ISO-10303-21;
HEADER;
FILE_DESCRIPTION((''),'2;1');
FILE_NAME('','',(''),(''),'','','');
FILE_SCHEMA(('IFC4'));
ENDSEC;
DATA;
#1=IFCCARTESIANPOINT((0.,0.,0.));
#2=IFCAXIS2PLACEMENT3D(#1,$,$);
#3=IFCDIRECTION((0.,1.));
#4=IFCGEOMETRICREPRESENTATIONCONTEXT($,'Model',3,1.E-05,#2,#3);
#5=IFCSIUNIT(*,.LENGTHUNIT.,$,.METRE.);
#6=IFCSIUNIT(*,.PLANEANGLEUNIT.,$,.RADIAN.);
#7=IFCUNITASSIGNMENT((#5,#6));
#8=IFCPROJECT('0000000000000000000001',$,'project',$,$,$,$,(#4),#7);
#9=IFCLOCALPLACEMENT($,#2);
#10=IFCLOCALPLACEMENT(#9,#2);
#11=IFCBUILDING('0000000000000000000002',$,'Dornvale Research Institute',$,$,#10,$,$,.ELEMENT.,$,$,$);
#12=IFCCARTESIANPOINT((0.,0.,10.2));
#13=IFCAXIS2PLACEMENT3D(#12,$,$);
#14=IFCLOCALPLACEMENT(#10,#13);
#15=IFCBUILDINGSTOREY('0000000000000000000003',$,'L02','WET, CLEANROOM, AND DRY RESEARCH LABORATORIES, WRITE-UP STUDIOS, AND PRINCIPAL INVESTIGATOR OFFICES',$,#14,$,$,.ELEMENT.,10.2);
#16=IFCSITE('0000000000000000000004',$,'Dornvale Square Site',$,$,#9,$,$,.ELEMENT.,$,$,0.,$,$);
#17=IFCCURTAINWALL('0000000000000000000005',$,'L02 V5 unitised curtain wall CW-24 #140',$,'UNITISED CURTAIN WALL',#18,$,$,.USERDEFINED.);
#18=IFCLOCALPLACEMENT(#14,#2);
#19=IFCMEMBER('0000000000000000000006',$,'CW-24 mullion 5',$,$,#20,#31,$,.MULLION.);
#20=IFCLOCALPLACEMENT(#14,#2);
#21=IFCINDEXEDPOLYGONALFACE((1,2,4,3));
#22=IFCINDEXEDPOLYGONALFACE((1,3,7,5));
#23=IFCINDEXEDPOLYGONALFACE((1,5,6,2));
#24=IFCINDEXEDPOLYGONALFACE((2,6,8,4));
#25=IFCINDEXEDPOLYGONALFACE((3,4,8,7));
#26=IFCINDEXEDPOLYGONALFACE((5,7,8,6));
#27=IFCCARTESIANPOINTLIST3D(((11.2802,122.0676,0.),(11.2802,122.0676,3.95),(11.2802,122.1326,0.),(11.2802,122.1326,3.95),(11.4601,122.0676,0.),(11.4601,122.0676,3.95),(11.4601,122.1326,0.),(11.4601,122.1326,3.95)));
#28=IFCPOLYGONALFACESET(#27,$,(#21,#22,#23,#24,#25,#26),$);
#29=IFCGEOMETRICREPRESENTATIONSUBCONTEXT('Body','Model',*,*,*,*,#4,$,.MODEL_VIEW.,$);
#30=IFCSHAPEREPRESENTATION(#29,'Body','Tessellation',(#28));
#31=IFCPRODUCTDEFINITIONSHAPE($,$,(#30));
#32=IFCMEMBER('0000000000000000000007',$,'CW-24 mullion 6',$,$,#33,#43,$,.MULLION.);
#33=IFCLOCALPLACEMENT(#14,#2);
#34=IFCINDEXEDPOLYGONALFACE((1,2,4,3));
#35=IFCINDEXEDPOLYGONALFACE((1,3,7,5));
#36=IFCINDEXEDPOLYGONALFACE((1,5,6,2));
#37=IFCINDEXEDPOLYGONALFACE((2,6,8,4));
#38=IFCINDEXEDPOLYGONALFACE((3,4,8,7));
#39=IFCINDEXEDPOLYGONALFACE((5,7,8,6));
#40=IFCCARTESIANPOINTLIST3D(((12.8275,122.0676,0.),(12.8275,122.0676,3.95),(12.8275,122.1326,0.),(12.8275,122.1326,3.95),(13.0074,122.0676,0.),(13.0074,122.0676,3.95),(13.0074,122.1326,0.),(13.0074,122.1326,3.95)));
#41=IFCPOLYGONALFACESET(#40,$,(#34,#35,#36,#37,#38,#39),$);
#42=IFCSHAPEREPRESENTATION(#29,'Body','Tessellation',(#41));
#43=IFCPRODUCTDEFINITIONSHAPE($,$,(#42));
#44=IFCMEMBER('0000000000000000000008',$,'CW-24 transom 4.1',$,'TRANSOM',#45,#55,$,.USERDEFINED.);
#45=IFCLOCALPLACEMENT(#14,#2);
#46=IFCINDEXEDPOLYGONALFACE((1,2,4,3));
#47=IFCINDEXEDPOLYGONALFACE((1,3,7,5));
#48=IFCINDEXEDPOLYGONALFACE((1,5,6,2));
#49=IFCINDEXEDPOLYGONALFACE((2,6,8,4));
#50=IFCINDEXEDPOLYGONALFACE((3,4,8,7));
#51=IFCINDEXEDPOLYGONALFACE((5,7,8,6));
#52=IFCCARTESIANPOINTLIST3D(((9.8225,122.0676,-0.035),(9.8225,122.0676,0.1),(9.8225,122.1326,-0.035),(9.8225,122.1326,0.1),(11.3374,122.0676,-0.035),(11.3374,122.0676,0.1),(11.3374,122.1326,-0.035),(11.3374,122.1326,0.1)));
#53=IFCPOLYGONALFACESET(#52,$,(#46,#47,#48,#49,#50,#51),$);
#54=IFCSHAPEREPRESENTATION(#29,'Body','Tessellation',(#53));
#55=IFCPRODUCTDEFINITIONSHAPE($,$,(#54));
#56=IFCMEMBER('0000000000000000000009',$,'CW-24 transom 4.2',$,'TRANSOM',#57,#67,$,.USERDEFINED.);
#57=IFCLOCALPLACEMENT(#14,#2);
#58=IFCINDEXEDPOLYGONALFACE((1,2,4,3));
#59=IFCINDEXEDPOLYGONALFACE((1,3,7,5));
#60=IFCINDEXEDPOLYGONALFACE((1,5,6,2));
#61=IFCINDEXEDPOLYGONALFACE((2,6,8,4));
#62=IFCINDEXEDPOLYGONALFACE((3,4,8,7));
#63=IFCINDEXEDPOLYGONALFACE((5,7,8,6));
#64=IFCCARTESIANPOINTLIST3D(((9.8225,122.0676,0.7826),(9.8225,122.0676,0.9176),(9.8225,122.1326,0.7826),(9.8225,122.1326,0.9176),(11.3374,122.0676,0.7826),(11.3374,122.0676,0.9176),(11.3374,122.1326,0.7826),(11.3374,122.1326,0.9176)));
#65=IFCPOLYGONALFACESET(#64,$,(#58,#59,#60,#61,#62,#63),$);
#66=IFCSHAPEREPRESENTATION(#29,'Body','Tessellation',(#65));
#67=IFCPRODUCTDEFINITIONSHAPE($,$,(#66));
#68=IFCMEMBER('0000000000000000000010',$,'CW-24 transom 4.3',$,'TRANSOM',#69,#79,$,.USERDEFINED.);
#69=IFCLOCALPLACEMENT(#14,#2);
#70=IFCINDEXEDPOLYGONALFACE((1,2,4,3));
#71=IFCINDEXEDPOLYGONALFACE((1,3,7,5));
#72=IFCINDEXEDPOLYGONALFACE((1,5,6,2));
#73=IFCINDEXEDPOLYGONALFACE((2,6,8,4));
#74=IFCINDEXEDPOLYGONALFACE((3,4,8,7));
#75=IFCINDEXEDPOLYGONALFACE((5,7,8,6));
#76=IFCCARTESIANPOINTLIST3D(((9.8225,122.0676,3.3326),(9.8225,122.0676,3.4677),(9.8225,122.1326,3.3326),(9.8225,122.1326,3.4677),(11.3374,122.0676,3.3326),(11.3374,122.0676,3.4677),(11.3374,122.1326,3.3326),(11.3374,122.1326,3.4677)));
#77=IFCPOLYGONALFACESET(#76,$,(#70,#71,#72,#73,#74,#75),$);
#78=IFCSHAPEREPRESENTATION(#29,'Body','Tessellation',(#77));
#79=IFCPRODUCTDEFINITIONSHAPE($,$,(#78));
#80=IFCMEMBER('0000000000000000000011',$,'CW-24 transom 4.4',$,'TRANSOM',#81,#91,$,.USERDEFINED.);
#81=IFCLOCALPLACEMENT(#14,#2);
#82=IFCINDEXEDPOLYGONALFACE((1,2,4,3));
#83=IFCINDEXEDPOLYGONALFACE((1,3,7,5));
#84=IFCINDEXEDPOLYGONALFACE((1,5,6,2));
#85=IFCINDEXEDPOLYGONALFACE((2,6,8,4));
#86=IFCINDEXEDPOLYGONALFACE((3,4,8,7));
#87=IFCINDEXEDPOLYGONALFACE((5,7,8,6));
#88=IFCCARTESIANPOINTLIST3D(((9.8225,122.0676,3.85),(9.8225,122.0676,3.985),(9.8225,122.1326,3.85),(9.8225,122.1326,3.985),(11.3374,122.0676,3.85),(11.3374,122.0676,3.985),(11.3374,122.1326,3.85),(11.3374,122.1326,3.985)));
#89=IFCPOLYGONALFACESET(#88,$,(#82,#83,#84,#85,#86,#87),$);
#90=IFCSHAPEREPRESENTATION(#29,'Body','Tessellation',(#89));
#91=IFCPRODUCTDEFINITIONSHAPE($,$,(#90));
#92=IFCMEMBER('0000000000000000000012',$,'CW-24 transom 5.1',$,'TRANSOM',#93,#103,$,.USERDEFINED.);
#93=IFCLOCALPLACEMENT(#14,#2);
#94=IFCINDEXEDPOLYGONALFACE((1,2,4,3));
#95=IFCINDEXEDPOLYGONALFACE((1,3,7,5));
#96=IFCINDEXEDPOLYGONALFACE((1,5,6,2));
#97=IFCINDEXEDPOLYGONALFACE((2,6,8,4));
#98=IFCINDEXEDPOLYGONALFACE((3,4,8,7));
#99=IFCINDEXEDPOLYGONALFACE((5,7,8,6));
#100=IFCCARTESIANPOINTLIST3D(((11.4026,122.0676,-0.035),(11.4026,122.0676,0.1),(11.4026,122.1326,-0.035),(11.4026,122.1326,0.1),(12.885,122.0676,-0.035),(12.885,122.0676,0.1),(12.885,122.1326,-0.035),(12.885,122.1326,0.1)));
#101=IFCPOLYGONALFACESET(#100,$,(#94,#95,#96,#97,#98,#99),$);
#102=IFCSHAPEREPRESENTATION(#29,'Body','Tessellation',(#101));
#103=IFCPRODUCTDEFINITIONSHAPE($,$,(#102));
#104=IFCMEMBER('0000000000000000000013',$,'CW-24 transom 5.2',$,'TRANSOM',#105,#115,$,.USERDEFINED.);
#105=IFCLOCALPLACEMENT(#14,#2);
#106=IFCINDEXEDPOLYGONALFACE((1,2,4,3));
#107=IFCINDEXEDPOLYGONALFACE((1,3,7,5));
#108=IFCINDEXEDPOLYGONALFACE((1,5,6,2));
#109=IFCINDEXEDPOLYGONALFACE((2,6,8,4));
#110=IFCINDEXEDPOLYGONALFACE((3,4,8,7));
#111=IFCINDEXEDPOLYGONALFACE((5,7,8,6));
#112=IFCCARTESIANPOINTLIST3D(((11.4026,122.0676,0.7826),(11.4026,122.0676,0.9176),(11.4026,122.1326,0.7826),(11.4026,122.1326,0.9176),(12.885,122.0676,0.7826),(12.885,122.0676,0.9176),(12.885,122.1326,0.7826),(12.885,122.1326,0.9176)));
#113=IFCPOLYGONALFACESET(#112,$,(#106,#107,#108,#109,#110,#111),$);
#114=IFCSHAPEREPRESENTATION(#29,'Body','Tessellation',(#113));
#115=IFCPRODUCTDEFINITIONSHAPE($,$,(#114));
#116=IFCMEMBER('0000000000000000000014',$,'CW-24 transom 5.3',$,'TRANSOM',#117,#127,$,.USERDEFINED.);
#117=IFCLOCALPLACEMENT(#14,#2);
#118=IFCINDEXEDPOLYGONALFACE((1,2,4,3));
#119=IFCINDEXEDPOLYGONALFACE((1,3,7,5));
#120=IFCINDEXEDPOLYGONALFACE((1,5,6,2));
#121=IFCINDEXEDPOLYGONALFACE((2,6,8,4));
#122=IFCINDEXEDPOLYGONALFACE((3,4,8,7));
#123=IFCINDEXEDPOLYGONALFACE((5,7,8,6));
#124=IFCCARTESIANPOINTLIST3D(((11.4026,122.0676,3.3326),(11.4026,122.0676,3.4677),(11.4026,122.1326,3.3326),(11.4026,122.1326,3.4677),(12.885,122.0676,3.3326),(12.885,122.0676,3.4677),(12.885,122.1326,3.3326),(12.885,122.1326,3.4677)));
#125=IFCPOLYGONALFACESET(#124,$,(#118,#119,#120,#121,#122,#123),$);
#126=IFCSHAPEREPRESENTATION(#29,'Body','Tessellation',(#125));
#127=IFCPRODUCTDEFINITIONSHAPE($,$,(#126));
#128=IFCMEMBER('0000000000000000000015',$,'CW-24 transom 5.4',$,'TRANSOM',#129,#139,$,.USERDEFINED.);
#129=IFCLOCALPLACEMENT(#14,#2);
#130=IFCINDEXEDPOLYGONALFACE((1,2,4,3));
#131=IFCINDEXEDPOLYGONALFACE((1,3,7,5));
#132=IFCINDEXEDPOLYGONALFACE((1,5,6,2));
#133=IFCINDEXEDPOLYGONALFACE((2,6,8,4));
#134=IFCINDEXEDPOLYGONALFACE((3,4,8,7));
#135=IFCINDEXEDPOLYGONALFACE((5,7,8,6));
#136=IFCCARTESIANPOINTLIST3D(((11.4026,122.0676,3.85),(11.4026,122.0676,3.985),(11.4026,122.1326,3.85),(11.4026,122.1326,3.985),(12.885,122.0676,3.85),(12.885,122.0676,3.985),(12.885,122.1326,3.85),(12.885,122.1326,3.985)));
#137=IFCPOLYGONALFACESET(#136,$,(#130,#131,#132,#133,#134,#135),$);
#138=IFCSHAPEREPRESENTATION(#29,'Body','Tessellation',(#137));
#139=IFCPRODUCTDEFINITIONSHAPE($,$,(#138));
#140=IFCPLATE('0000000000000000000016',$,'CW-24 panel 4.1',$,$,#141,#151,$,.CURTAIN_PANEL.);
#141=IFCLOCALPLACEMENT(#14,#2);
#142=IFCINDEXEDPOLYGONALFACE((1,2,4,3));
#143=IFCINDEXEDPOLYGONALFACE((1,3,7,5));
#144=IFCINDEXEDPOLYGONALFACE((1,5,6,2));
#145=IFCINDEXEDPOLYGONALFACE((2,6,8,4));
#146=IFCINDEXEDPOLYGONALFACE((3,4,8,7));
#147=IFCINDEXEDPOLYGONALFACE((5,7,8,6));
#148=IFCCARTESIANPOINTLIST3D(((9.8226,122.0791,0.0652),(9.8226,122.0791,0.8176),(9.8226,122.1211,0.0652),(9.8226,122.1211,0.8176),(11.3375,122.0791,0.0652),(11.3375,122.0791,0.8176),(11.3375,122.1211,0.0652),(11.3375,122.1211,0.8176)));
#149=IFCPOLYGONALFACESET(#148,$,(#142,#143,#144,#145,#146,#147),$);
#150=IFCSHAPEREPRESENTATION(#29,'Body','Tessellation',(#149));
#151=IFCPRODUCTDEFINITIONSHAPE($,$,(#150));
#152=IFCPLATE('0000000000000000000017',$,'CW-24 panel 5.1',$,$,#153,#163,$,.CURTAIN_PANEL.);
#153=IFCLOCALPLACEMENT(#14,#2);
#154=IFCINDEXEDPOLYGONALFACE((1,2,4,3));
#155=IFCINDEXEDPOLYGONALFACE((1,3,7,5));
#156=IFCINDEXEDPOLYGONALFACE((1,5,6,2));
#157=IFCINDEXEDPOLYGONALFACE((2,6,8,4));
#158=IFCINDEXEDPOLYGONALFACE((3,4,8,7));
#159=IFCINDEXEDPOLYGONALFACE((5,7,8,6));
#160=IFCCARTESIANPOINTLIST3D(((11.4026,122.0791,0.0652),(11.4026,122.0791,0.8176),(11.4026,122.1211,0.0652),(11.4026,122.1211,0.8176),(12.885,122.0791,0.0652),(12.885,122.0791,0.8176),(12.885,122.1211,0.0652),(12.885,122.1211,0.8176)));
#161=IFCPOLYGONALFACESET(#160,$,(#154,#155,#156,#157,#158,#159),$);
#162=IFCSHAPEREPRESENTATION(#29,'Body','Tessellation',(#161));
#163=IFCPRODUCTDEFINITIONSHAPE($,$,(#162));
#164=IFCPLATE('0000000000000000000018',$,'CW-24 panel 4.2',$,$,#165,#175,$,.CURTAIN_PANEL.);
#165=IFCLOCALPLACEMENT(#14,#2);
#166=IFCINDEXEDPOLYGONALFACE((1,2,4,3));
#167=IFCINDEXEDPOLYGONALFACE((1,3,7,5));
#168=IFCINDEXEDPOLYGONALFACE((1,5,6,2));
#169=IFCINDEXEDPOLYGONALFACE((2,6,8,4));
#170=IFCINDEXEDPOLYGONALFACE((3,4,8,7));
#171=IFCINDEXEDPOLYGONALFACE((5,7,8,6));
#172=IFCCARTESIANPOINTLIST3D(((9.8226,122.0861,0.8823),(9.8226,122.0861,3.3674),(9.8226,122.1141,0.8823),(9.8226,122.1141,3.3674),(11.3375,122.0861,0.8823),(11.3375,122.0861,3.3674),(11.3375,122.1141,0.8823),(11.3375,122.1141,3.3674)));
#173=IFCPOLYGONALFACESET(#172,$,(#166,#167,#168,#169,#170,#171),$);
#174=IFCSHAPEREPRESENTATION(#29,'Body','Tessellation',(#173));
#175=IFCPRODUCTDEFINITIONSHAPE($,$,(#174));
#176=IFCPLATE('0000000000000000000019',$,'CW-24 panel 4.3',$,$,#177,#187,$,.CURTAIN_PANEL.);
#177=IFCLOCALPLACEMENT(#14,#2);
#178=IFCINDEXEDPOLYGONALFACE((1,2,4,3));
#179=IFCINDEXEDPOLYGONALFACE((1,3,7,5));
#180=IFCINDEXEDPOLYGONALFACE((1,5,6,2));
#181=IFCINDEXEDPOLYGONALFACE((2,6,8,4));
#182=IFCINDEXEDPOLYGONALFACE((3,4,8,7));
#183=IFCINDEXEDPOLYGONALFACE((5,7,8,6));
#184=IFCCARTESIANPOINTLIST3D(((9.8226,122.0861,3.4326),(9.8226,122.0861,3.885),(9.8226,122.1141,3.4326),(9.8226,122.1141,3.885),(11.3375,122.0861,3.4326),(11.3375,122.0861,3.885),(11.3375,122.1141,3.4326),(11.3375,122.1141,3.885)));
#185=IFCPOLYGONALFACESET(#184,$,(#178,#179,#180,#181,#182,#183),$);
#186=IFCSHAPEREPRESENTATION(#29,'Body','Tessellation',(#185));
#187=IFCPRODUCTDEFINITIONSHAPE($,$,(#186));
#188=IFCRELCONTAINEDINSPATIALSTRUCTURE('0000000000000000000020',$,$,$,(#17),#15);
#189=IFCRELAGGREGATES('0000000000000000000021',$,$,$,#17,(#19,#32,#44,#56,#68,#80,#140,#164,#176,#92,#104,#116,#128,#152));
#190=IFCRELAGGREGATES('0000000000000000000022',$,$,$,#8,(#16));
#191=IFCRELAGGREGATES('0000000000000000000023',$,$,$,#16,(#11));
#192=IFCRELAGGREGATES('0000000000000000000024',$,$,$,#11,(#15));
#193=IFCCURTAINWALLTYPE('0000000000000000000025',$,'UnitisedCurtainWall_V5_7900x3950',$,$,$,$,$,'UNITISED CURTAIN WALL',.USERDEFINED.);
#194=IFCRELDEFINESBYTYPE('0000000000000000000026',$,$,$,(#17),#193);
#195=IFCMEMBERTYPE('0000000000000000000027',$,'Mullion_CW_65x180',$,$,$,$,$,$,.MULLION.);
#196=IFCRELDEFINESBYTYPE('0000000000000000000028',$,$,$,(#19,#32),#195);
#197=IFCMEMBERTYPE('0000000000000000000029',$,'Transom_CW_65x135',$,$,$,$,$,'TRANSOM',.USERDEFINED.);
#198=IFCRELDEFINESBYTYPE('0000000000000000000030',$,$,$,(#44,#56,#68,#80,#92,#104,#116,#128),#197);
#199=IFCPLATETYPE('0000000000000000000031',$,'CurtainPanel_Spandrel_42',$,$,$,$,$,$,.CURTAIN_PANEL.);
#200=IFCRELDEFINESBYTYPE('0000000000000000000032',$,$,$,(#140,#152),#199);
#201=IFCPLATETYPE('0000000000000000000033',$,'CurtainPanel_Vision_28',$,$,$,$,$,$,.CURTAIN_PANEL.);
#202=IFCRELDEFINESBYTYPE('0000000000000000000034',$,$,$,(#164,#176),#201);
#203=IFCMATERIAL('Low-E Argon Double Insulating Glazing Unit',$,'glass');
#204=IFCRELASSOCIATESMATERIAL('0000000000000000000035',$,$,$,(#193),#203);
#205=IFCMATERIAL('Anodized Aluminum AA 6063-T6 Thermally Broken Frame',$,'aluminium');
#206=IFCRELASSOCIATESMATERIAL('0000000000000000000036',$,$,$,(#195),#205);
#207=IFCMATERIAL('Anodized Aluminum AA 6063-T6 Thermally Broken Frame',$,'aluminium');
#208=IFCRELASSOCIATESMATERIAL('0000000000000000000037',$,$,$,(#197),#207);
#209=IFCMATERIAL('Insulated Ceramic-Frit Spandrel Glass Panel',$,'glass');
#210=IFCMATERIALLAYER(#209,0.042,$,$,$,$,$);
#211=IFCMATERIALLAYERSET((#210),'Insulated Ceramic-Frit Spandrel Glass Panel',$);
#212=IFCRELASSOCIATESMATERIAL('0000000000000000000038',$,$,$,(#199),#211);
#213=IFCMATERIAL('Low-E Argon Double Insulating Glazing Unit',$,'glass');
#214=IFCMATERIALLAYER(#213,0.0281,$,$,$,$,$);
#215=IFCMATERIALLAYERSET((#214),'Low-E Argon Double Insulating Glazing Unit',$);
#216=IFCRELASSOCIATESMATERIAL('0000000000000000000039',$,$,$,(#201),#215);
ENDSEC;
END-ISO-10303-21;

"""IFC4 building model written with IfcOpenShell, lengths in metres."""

from ifc_helpers import new_model, si_unit, direction, frame, origin, origin_2d, place, context, subcontext, project, spatial, rectangle, extrude, material, layer, layer_set, material_profile, profile_set, type_object, element, aggregate, save


model = new_model("IFC4")

# Units and contexts
model_context = context("Model", 3, precision=1e-05, world=origin(), true_north=direction((0.0, 1.0)))
body_context = subcontext(model_context, "Body", "Model", "MODEL_VIEW")
ifc_project = project(units=[si_unit("LENGTHUNIT", "METRE"), si_unit("PLANEANGLEUNIT", "RADIAN")], contexts=[model_context])

# Site, building, storey
site_placement = place(None, origin())
site = spatial("IfcSite", under=ifc_project, at=site_placement, Name="Dornvale Square Site", CompositionType="ELEMENT", RefElevation=0.0)
building_placement = place(site_placement, origin())
building = spatial("IfcBuilding", under=site, at=building_placement, Name="Dornvale Research Institute", CompositionType="ELEMENT")
storey_placement = place(building_placement, frame((0.0, 0.0, 10.2)))
storey = spatial("IfcBuildingStorey", under=building, at=storey_placement, Name="L02", Description="WET, CLEANROOM, AND DRY RESEARCH LABORATORIES, WRITE-UP STUDIOS, AND PRINCIPAL INVESTIGATOR OFFICES", CompositionType="ELEMENT", Elevation=10.2)

# Curtain wall, members, plates
ifc_material_1 = material(Name="Low-E Argon Double Insulating Glazing Unit", Category="glass")
curtain_wall_type = type_object("IfcCurtainWallType", Name="UnitisedCurtainWall_V5_7900x3950", ElementType="UNITISED CURTAIN WALL", PredefinedType="USERDEFINED", material=ifc_material_1)
curtain_wall_placement = place(storey_placement, origin())
curtain_wall = element("IfcCurtainWall", 1, at=curtain_wall_placement, inside=storey, type_object=curtain_wall_type, Name="L02 V5 unitised curtain wall CW-24 #140", ObjectType="UNITISED CURTAIN WALL", PredefinedType="USERDEFINED")
ifc_material_2 = material(Name="Anodized Aluminum AA 6063-T6 Thermally Broken Frame", Category="aluminium")
ifc_material_profile_1 = material_profile(ifc_material_2, rectangle(XDim=0.0649, YDim=0.1799, at=origin_2d()), Name="ALU MULLION 65x180")
ifc_profile_set_1 = profile_set([ifc_material_profile_1], Name="Anodized Aluminum AA 6063-T6 Thermally Broken Frame")
member_type_1 = type_object("IfcMemberType", Name="Mullion_CW_65x180", PredefinedType="MULLION", material=ifc_profile_set_1)
member_1_placement = place(storey_placement, frame((11.3701, 122.1001, 0.0), z_axis=(0.0, 0.0, 1.0), x_axis=(0.0, 1.0, 0.0)))
member_1 = element("IfcMember", 2, at=member_1_placement, type_object=member_type_1, Name="CW-24 mullion 5", PredefinedType="MULLION", context=body_context, shape_type="SweptSolid", body=[
    extrude(rectangle(XDim=0.0649, YDim=0.1799, at=origin_2d()), origin(), (0.0, 0.0, 1.0), 3.95),
])
member_2_placement = place(storey_placement, frame((12.9175, 122.1001, 0.0), z_axis=(0.0, 0.0, 1.0), x_axis=(0.0, 1.0, 0.0)))
member_2 = element("IfcMember", 3, at=member_2_placement, type_object=member_type_1, Name="CW-24 mullion 6", PredefinedType="MULLION", context=body_context, shape_type="SweptSolid", body=[
    extrude(rectangle(XDim=0.0649, YDim=0.1799, at=origin_2d()), origin(), (0.0, 0.0, 1.0), 3.95),
])
ifc_material_3 = material(Name="Anodized Aluminum AA 6063-T6 Thermally Broken Frame", Category="aluminium")
ifc_material_profile_2 = material_profile(ifc_material_3, rectangle(XDim=0.0649, YDim=0.135, at=origin_2d()), Name="ALU TRANSOM 65x135")
ifc_profile_set_2 = profile_set([ifc_material_profile_2], Name="Anodized Aluminum AA 6063-T6 Thermally Broken Frame")
member_type_2 = type_object("IfcMemberType", Name="Transom_CW_65x135", ElementType="TRANSOM", PredefinedType="USERDEFINED", material=ifc_profile_set_2)
member_3_placement = place(storey_placement, frame((9.8225, 122.1001, 0.0325), z_axis=(1.0, 0.0, 0.0), x_axis=(0.0, 1.0, 0.0)))
member_3 = element("IfcMember", 4, at=member_3_placement, type_object=member_type_2, Name="CW-24 transom 4.1", ObjectType="TRANSOM", PredefinedType="USERDEFINED", context=body_context, shape_type="SweptSolid", body=[
    extrude(rectangle(XDim=0.0649, YDim=0.135, at=origin_2d()), origin(), (0.0, 0.0, 1.0), 1.5149),
])
member_4_placement = place(storey_placement, frame((9.8225, 122.1001, 0.8501), z_axis=(1.0, 0.0, 0.0), x_axis=(0.0, 1.0, 0.0)))
member_4 = element("IfcMember", 5, at=member_4_placement, type_object=member_type_2, Name="CW-24 transom 4.2", ObjectType="TRANSOM", PredefinedType="USERDEFINED", context=body_context, shape_type="SweptSolid", body=[
    extrude(rectangle(XDim=0.0649, YDim=0.135, at=origin_2d()), origin(), (0.0, 0.0, 1.0), 1.5149),
])
member_5_placement = place(storey_placement, frame((9.8225, 122.1001, 3.4001), z_axis=(1.0, 0.0, 0.0), x_axis=(0.0, 1.0, 0.0)))
member_5 = element("IfcMember", 6, at=member_5_placement, type_object=member_type_2, Name="CW-24 transom 4.3", ObjectType="TRANSOM", PredefinedType="USERDEFINED", context=body_context, shape_type="SweptSolid", body=[
    extrude(rectangle(XDim=0.0649, YDim=0.135, at=origin_2d()), origin(), (0.0, 0.0, 1.0), 1.5149),
])
member_6_placement = place(storey_placement, frame((9.8225, 122.1001, 3.9175), z_axis=(1.0, 0.0, 0.0), x_axis=(0.0, 1.0, 0.0)))
member_6 = element("IfcMember", 7, at=member_6_placement, type_object=member_type_2, Name="CW-24 transom 4.4", ObjectType="TRANSOM", PredefinedType="USERDEFINED", context=body_context, shape_type="SweptSolid", body=[
    extrude(rectangle(XDim=0.0649, YDim=0.135, at=origin_2d()), origin(), (0.0, 0.0, 1.0), 1.5149),
])
member_7_placement = place(storey_placement, frame((11.4026, 122.1001, 0.0325), z_axis=(1.0, 0.0, 0.0), x_axis=(0.0, 1.0, 0.0)))
member_7 = element("IfcMember", 8, at=member_7_placement, type_object=member_type_2, Name="CW-24 transom 5.1", ObjectType="TRANSOM", PredefinedType="USERDEFINED", context=body_context, shape_type="SweptSolid", body=[
    extrude(rectangle(XDim=0.0649, YDim=0.135, at=origin_2d()), origin(), (0.0, 0.0, 1.0), 1.4824),
])
member_8_placement = place(storey_placement, frame((11.4026, 122.1001, 0.8501), z_axis=(1.0, 0.0, 0.0), x_axis=(0.0, 1.0, 0.0)))
member_8 = element("IfcMember", 9, at=member_8_placement, type_object=member_type_2, Name="CW-24 transom 5.2", ObjectType="TRANSOM", PredefinedType="USERDEFINED", context=body_context, shape_type="SweptSolid", body=[
    extrude(rectangle(XDim=0.0649, YDim=0.135, at=origin_2d()), origin(), (0.0, 0.0, 1.0), 1.4824),
])
member_9_placement = place(storey_placement, frame((11.4026, 122.1001, 3.4001), z_axis=(1.0, 0.0, 0.0), x_axis=(0.0, 1.0, 0.0)))
member_9 = element("IfcMember", 10, at=member_9_placement, type_object=member_type_2, Name="CW-24 transom 5.3", ObjectType="TRANSOM", PredefinedType="USERDEFINED", context=body_context, shape_type="SweptSolid", body=[
    extrude(rectangle(XDim=0.0649, YDim=0.135, at=origin_2d()), origin(), (0.0, 0.0, 1.0), 1.4824),
])
member_10_placement = place(storey_placement, frame((11.4026, 122.1001, 3.9175), z_axis=(1.0, 0.0, 0.0), x_axis=(0.0, 1.0, 0.0)))
member_10 = element("IfcMember", 11, at=member_10_placement, type_object=member_type_2, Name="CW-24 transom 5.4", ObjectType="TRANSOM", PredefinedType="USERDEFINED", context=body_context, shape_type="SweptSolid", body=[
    extrude(rectangle(XDim=0.0649, YDim=0.135, at=origin_2d()), origin(), (0.0, 0.0, 1.0), 1.4824),
])
ifc_material_4 = material(Name="Insulated Ceramic-Frit Spandrel Glass Panel", Category="glass")
ifc_layer_1 = layer(ifc_material_4, 0.042)
ifc_layer_set_1 = layer_set([ifc_layer_1], Name="Insulated Ceramic-Frit Spandrel Glass Panel")
plate_type_1 = type_object("IfcPlateType", Name="CurtainPanel_Spandrel_42", PredefinedType="CURTAIN_PANEL", material=ifc_layer_set_1)
plate_1_placement = place(storey_placement, frame((10.5801, 122.1001, 0.0652), z_axis=(0.0, 0.0, 1.0), x_axis=(1.0, 0.0, 0.0)))
plate_1 = element("IfcPlate", 12, at=plate_1_placement, type_object=plate_type_1, Name="CW-24 panel 4.1", PredefinedType="CURTAIN_PANEL", context=body_context, shape_type="SweptSolid", body=[
    extrude(rectangle(XDim=1.5149, YDim=0.042, at=origin_2d()), origin(), (0.0, 0.0, 1.0), 0.7524),
])
plate_2_placement = place(storey_placement, frame((12.1438, 122.1001, 0.0652), z_axis=(0.0, 0.0, 1.0), x_axis=(1.0, 0.0, 0.0)))
plate_2 = element("IfcPlate", 13, at=plate_2_placement, type_object=plate_type_1, Name="CW-24 panel 5.1", PredefinedType="CURTAIN_PANEL", context=body_context, shape_type="SweptSolid", body=[
    extrude(rectangle(XDim=1.4824, YDim=0.042, at=origin_2d()), origin(), (0.0, 0.0, 1.0), 0.7524),
])
ifc_material_5 = material(Name="Low-E Argon Double Insulating Glazing Unit", Category="glass")
ifc_layer_2 = layer(ifc_material_5, 0.0281)
ifc_layer_set_2 = layer_set([ifc_layer_2], Name="Low-E Argon Double Insulating Glazing Unit")
plate_type_2 = type_object("IfcPlateType", Name="CurtainPanel_Vision_28", PredefinedType="CURTAIN_PANEL", material=ifc_layer_set_2)
plate_3_placement = place(storey_placement, frame((10.5801, 122.1001, 0.8823), z_axis=(0.0, 0.0, 1.0), x_axis=(1.0, 0.0, 0.0)))
plate_3 = element("IfcPlate", 14, at=plate_3_placement, type_object=plate_type_2, Name="CW-24 panel 4.2", PredefinedType="CURTAIN_PANEL", context=body_context, shape_type="SweptSolid", body=[
    extrude(rectangle(XDim=1.5149, YDim=0.0281, at=origin_2d()), origin(), (0.0, 0.0, 1.0), 2.4851),
])
plate_4_placement = place(storey_placement, frame((10.5801, 122.1001, 3.4326), z_axis=(0.0, 0.0, 1.0), x_axis=(1.0, 0.0, 0.0)))
plate_4 = element("IfcPlate", 15, at=plate_4_placement, type_object=plate_type_2, Name="CW-24 panel 4.3", PredefinedType="CURTAIN_PANEL", context=body_context, shape_type="SweptSolid", body=[
    extrude(rectangle(XDim=1.5149, YDim=0.0281, at=origin_2d()), origin(), (0.0, 0.0, 1.0), 0.4524),
])
aggregate(curtain_wall, [member_1, member_2, member_3, member_4, member_5, member_6, plate_1, plate_3, plate_4, member_7, member_8, member_9, member_10, plate_2])

save(model, "model.ifc")
